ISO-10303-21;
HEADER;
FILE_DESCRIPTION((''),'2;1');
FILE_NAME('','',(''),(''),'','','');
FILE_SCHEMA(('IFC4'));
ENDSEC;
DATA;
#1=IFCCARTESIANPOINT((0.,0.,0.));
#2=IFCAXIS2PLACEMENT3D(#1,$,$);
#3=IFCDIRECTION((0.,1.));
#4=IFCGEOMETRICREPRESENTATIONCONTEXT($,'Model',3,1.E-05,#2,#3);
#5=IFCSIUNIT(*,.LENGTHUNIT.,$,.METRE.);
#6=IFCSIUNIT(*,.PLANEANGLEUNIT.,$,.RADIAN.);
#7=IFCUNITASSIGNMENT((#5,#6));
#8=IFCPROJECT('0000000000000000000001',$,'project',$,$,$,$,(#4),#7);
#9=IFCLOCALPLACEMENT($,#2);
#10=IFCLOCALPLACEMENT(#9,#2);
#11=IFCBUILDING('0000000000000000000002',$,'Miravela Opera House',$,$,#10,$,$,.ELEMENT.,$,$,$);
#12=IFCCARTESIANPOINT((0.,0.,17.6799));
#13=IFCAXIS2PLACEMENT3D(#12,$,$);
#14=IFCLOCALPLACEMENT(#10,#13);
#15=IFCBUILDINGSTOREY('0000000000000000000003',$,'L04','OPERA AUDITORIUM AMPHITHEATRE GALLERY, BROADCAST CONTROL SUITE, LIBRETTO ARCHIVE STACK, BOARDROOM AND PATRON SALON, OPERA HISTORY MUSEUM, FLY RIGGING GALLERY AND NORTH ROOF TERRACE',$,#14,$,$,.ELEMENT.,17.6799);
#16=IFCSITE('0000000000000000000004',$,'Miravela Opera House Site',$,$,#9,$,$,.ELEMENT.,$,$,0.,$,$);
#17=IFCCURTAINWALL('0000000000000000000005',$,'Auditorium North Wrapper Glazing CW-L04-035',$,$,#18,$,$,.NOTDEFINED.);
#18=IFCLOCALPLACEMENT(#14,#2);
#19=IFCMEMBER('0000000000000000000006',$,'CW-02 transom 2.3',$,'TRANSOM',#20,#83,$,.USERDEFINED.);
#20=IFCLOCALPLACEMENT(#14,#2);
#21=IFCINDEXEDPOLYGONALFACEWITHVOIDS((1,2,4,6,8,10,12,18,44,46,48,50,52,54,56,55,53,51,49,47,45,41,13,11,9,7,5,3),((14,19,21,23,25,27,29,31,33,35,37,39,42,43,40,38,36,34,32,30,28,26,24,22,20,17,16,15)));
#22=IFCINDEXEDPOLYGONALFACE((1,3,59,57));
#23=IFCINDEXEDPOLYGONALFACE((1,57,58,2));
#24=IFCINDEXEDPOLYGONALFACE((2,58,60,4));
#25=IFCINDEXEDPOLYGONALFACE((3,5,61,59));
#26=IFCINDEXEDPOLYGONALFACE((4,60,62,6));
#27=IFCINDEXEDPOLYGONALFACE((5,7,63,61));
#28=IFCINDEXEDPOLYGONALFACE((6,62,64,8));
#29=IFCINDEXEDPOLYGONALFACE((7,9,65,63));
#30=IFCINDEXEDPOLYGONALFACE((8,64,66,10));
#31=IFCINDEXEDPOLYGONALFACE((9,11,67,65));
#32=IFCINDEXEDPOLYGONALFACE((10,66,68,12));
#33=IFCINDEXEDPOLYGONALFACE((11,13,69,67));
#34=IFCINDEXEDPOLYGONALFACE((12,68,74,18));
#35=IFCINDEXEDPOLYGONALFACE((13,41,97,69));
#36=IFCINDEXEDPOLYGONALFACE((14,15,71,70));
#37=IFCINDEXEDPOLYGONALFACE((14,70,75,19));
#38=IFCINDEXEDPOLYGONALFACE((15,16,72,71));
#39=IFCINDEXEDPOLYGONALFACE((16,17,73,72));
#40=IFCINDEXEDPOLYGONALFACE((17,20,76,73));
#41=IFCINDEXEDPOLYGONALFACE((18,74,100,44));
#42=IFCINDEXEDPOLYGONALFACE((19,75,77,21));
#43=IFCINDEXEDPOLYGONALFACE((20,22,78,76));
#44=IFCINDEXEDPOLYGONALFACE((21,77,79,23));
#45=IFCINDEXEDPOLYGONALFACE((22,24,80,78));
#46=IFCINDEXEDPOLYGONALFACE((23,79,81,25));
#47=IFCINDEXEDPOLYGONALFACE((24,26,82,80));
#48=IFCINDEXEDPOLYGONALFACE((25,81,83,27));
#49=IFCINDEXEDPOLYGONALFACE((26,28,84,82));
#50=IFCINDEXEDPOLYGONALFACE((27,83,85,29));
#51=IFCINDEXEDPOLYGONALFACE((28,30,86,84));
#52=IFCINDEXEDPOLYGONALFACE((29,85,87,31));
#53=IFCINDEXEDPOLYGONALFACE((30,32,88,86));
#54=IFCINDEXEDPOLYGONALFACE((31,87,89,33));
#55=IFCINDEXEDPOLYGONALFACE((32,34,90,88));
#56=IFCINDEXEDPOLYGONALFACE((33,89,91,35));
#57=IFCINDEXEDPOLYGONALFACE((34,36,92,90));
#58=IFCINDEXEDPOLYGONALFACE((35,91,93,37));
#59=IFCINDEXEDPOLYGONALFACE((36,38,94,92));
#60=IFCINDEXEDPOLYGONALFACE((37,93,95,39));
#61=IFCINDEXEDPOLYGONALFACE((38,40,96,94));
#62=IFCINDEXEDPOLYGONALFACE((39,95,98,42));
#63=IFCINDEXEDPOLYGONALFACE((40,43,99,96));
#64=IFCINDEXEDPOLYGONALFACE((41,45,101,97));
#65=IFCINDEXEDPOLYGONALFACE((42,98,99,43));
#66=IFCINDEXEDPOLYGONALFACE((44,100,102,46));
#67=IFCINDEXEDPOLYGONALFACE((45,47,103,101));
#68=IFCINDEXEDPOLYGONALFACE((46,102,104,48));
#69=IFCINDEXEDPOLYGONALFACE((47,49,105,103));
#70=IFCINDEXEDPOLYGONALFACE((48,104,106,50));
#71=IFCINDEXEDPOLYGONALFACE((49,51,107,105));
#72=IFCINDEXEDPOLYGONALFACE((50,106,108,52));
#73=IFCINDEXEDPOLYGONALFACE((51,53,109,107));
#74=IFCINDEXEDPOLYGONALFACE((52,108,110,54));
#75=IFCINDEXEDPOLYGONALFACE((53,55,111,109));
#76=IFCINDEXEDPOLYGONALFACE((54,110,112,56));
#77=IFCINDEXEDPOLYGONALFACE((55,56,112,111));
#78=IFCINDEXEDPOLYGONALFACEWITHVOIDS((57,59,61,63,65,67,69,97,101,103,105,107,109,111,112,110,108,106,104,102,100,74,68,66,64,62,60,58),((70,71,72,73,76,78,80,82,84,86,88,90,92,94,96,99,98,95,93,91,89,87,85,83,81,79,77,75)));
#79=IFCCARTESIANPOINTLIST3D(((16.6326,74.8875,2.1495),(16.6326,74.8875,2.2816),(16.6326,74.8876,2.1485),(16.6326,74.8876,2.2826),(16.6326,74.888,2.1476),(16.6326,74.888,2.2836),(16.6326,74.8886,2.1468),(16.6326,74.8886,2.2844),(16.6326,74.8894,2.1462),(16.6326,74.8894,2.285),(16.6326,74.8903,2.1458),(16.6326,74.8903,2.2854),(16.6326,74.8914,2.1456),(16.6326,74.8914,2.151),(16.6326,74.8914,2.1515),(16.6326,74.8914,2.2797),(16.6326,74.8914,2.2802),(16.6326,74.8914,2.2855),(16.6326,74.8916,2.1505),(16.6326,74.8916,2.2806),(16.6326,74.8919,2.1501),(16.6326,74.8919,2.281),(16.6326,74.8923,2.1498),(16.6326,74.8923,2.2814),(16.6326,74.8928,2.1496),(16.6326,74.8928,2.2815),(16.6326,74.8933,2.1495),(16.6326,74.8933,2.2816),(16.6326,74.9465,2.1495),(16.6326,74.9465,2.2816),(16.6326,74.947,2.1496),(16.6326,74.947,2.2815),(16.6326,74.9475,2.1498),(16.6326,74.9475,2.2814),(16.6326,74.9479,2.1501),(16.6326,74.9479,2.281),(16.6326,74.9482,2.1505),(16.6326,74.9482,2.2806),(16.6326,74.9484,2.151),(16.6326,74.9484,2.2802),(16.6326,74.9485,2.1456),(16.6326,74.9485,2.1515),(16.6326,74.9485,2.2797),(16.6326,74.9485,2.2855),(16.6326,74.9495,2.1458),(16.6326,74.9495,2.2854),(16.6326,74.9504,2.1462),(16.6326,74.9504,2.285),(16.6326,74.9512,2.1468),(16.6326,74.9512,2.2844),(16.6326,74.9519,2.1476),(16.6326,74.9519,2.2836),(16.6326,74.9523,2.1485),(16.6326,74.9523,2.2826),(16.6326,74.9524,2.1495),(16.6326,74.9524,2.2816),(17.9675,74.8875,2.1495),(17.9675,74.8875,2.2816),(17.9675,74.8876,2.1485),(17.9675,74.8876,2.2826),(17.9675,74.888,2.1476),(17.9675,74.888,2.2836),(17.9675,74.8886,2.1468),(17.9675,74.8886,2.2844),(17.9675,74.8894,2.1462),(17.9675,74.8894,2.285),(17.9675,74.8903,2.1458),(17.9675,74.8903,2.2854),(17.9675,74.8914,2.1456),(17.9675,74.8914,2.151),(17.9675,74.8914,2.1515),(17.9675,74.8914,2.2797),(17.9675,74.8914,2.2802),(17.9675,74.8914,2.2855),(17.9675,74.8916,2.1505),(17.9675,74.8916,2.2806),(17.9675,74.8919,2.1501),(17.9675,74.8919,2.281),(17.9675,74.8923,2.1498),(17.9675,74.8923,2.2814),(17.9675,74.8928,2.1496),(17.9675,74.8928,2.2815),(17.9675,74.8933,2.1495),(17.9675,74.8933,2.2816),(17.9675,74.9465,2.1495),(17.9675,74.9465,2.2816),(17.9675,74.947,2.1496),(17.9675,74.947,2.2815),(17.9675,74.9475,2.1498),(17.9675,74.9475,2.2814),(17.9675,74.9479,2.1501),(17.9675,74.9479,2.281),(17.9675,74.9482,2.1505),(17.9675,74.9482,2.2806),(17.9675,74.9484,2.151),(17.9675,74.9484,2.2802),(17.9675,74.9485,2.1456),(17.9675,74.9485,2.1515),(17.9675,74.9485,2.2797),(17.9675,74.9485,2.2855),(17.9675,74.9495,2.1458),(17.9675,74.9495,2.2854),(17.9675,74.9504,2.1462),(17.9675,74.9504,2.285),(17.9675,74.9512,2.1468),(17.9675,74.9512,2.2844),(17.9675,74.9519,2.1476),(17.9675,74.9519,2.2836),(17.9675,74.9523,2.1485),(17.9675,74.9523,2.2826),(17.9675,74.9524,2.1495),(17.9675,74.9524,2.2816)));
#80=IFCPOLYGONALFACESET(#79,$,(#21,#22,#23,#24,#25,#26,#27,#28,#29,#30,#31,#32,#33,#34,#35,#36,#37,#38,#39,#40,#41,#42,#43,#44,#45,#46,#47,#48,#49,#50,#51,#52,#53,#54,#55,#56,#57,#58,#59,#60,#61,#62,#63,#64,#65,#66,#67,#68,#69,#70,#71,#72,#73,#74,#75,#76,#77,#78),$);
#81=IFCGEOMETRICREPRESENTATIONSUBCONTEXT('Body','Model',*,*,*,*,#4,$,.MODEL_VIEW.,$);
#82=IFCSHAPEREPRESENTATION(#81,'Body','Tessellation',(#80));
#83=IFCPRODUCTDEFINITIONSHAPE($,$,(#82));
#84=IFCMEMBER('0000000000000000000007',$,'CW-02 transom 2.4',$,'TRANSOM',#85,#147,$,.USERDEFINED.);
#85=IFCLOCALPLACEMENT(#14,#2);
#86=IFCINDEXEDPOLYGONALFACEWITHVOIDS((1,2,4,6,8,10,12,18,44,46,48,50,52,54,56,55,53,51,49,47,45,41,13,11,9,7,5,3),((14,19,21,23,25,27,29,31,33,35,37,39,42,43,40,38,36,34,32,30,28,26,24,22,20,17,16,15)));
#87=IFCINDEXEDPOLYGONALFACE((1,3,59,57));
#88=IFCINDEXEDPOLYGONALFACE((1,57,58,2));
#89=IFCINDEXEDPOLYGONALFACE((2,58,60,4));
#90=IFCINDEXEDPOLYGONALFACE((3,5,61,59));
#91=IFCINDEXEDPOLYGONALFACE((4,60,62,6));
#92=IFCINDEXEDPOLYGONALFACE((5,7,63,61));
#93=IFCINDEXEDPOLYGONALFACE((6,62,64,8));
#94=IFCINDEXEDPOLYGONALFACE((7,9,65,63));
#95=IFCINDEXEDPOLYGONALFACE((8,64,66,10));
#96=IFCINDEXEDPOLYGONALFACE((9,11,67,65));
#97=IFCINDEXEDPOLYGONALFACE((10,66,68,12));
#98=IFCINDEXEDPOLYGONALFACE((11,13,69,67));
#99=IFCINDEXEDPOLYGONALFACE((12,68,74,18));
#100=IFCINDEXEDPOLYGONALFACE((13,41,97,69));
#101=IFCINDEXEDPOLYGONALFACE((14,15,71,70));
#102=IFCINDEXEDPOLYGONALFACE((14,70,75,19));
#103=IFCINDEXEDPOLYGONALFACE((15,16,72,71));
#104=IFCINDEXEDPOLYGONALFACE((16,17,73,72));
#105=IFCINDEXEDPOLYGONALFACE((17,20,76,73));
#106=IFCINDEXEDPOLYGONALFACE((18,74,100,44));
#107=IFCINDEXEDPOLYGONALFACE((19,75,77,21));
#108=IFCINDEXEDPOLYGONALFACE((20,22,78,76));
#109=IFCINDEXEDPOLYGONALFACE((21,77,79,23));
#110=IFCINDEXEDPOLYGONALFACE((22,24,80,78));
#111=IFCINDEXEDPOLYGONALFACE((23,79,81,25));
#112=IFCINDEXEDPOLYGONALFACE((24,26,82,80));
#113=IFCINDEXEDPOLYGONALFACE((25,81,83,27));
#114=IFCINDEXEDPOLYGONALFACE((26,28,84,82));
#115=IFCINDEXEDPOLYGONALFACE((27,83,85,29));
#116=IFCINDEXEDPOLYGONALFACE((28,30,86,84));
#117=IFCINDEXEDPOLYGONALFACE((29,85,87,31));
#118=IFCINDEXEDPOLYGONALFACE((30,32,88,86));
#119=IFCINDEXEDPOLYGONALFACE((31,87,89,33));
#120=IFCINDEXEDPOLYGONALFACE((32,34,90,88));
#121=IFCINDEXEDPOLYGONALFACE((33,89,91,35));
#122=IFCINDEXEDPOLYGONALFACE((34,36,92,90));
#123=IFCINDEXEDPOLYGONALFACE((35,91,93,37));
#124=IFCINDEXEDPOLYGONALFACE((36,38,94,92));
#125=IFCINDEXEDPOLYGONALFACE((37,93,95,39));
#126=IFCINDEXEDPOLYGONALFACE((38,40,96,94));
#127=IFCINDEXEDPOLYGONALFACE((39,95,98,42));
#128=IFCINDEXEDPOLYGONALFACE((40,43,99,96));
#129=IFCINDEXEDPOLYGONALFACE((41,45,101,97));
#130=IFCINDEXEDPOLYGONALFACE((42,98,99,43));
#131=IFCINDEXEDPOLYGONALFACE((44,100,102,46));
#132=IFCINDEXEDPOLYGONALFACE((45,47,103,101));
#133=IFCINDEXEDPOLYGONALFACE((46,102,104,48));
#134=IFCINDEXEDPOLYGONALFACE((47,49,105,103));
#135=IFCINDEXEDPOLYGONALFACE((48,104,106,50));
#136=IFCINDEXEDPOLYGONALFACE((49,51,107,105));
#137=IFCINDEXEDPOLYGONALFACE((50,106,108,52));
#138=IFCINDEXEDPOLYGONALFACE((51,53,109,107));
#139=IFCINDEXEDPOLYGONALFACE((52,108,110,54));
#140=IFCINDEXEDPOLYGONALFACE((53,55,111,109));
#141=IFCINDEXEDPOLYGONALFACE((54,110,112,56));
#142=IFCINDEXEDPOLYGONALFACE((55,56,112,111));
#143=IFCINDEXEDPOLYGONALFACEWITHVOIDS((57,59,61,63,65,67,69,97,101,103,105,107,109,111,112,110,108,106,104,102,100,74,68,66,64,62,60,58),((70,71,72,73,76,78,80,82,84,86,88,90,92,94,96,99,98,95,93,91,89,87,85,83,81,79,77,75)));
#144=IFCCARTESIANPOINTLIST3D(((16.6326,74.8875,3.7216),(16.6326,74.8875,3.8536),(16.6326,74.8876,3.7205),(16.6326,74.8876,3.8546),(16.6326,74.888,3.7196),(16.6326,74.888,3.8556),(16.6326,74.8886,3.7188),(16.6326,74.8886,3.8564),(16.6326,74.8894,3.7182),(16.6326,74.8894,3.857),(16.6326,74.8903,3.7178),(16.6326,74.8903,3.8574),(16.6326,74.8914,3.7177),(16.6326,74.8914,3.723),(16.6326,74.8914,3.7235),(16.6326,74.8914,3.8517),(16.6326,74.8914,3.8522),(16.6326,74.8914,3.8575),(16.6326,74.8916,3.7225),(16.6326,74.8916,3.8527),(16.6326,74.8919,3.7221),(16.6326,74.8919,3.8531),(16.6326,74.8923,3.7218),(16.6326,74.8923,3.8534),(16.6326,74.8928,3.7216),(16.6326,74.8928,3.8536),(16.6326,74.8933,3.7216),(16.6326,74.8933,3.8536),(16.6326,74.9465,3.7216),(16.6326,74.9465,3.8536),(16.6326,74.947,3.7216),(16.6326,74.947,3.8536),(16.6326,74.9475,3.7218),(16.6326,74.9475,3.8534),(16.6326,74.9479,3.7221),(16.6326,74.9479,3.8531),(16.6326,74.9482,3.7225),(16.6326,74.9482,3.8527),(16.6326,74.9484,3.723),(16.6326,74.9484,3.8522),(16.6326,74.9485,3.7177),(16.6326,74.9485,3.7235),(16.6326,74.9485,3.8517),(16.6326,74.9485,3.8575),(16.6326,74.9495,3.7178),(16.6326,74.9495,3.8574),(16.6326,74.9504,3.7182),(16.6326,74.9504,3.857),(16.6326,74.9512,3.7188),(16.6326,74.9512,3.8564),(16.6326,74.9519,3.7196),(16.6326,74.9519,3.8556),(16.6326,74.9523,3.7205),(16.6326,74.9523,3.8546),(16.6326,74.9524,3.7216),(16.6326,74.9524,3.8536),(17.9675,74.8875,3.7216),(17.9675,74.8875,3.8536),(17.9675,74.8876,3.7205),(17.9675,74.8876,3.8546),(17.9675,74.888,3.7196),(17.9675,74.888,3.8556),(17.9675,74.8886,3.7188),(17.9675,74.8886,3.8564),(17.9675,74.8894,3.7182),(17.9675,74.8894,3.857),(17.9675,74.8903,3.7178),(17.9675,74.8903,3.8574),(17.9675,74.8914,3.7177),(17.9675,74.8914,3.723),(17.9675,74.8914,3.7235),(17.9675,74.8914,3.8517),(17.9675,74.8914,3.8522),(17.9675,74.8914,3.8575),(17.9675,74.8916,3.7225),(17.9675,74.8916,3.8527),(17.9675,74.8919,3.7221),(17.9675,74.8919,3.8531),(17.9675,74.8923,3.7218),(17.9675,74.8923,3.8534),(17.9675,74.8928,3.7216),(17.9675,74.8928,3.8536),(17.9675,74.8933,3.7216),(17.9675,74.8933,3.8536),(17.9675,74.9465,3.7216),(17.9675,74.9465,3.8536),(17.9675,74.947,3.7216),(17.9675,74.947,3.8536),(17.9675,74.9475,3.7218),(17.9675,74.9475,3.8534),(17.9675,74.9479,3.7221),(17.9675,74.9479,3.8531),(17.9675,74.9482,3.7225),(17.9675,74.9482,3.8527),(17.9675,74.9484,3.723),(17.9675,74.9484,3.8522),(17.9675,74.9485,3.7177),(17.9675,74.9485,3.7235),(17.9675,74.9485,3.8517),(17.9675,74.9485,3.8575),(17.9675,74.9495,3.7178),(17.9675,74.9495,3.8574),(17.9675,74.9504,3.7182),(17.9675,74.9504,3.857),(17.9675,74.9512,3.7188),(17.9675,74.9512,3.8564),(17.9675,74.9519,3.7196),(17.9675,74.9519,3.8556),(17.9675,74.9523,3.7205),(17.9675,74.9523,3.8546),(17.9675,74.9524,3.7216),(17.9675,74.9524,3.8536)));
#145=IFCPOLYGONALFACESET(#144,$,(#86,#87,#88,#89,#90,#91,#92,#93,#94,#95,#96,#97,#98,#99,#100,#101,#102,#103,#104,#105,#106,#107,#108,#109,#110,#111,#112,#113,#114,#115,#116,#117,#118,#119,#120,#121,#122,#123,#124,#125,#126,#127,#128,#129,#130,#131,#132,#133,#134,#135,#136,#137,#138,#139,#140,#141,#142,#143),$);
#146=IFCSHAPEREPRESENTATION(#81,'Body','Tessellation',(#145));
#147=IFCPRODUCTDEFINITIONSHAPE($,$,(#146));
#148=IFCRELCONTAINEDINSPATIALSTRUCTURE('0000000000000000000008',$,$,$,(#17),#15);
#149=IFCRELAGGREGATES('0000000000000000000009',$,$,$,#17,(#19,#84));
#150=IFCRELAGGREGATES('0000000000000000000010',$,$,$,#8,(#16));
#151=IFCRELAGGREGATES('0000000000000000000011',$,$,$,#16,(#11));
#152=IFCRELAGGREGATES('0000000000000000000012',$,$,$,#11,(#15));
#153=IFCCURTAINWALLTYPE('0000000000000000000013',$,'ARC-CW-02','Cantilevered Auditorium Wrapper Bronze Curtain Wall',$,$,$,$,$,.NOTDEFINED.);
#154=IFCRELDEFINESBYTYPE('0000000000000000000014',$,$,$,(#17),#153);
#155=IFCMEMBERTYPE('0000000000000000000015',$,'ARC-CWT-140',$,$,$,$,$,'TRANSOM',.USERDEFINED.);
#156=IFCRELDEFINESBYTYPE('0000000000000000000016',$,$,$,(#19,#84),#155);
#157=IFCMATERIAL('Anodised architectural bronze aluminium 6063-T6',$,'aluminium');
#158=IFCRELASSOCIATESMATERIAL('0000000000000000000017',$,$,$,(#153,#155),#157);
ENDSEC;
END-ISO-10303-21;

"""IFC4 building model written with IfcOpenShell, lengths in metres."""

from ifc_helpers import new_model, si_unit, direction, frame, origin, origin_2d, place, context, subcontext, project, spatial, hollow_rectangle, extrude, material, material_profile, profile_set, type_object, element, aggregate, save


model = new_model("IFC4")

# Units and contexts
model_context = context("Model", 3, precision=1e-05, world=origin(), true_north=direction((0.0, 1.0)))
body_context = subcontext(model_context, "Body", "Model", "MODEL_VIEW")
ifc_project = project(units=[si_unit("LENGTHUNIT", "METRE"), si_unit("PLANEANGLEUNIT", "RADIAN")], contexts=[model_context])

# Site, building, storey
site_placement = place(None, origin())
site = spatial("IfcSite", under=ifc_project, at=site_placement, Name="Miravela Opera House Site", CompositionType="ELEMENT", RefElevation=0.0)
building_placement = place(site_placement, origin())
building = spatial("IfcBuilding", under=site, at=building_placement, Name="Miravela Opera House", CompositionType="ELEMENT")
storey_placement = place(building_placement, frame((0.0, 0.0, 17.6799)))
storey = spatial("IfcBuildingStorey", under=building, at=storey_placement, Name="L04", Description="OPERA AUDITORIUM AMPHITHEATRE GALLERY, BROADCAST CONTROL SUITE, LIBRETTO ARCHIVE STACK, BOARDROOM AND PATRON SALON, OPERA HISTORY MUSEUM, FLY RIGGING GALLERY AND NORTH ROOF TERRACE", CompositionType="ELEMENT", Elevation=17.6799)

# Shared definitions
ifc_material_1 = material(Name="Anodised architectural bronze aluminium 6063-T6", Category="aluminium")
curtain_wall_type = type_object("IfcCurtainWallType", Name="ARC-CW-02", Description="Cantilevered Auditorium Wrapper Bronze Curtain Wall", PredefinedType="NOTDEFINED", material=ifc_material_1)

# Curtain wall
curtain_wall_1_placement = place(storey_placement, origin())
curtain_wall_1 = element("IfcCurtainWall", 1, at=curtain_wall_1_placement, inside=storey, type_object=curtain_wall_type, Name="Auditorium North Wrapper Glazing CW-L04-035", PredefinedType="NOTDEFINED")

# Members
ifc_material_profile_1 = material_profile(ifc_material_1, hollow_rectangle(XDim=0.0649, YDim=0.1399, WallThickness=0.0039, InnerFilletRadius=0.002, OuterFilletRadius=0.0039, at=origin_2d()), Name="CWT-65X140")
ifc_profile_set_1 = profile_set([ifc_material_profile_1])
member_type_1 = type_object("IfcMemberType", Name="ARC-CWT-140", ElementType="TRANSOM", PredefinedType="USERDEFINED", material=ifc_profile_set_1)
member_1_placement = place(storey_placement, frame((16.6326, 74.9199, 2.2156), z_axis=(1.0, 0.0, 0.0), x_axis=(0.0, 1.0, 0.0)))
member_1 = element("IfcMember", 2, at=member_1_placement, type_object=member_type_1, Name="CW-02 transom 2.3", ObjectType="TRANSOM", PredefinedType="USERDEFINED", context=body_context, shape_type="SweptSolid", body=[
    extrude(hollow_rectangle(XDim=0.0649, YDim=0.1399, WallThickness=0.0039, InnerFilletRadius=0.002, OuterFilletRadius=0.0039, at=origin_2d()), origin(), (0.0, 0.0, 1.0), 1.335),
])
member_2_placement = place(storey_placement, frame((16.6326, 74.9199, 3.7876), z_axis=(1.0, 0.0, 0.0), x_axis=(0.0, 1.0, 0.0)))
member_2 = element("IfcMember", 3, at=member_2_placement, type_object=member_type_1, Name="CW-02 transom 2.4", ObjectType="TRANSOM", PredefinedType="USERDEFINED", context=body_context, shape_type="SweptSolid", body=[
    extrude(hollow_rectangle(XDim=0.0649, YDim=0.1399, WallThickness=0.0039, InnerFilletRadius=0.002, OuterFilletRadius=0.0039, at=origin_2d()), origin(), (0.0, 0.0, 1.0), 1.335),
])

aggregate(curtain_wall_1, [member_1, member_2])

save(model, "model.ifc")
